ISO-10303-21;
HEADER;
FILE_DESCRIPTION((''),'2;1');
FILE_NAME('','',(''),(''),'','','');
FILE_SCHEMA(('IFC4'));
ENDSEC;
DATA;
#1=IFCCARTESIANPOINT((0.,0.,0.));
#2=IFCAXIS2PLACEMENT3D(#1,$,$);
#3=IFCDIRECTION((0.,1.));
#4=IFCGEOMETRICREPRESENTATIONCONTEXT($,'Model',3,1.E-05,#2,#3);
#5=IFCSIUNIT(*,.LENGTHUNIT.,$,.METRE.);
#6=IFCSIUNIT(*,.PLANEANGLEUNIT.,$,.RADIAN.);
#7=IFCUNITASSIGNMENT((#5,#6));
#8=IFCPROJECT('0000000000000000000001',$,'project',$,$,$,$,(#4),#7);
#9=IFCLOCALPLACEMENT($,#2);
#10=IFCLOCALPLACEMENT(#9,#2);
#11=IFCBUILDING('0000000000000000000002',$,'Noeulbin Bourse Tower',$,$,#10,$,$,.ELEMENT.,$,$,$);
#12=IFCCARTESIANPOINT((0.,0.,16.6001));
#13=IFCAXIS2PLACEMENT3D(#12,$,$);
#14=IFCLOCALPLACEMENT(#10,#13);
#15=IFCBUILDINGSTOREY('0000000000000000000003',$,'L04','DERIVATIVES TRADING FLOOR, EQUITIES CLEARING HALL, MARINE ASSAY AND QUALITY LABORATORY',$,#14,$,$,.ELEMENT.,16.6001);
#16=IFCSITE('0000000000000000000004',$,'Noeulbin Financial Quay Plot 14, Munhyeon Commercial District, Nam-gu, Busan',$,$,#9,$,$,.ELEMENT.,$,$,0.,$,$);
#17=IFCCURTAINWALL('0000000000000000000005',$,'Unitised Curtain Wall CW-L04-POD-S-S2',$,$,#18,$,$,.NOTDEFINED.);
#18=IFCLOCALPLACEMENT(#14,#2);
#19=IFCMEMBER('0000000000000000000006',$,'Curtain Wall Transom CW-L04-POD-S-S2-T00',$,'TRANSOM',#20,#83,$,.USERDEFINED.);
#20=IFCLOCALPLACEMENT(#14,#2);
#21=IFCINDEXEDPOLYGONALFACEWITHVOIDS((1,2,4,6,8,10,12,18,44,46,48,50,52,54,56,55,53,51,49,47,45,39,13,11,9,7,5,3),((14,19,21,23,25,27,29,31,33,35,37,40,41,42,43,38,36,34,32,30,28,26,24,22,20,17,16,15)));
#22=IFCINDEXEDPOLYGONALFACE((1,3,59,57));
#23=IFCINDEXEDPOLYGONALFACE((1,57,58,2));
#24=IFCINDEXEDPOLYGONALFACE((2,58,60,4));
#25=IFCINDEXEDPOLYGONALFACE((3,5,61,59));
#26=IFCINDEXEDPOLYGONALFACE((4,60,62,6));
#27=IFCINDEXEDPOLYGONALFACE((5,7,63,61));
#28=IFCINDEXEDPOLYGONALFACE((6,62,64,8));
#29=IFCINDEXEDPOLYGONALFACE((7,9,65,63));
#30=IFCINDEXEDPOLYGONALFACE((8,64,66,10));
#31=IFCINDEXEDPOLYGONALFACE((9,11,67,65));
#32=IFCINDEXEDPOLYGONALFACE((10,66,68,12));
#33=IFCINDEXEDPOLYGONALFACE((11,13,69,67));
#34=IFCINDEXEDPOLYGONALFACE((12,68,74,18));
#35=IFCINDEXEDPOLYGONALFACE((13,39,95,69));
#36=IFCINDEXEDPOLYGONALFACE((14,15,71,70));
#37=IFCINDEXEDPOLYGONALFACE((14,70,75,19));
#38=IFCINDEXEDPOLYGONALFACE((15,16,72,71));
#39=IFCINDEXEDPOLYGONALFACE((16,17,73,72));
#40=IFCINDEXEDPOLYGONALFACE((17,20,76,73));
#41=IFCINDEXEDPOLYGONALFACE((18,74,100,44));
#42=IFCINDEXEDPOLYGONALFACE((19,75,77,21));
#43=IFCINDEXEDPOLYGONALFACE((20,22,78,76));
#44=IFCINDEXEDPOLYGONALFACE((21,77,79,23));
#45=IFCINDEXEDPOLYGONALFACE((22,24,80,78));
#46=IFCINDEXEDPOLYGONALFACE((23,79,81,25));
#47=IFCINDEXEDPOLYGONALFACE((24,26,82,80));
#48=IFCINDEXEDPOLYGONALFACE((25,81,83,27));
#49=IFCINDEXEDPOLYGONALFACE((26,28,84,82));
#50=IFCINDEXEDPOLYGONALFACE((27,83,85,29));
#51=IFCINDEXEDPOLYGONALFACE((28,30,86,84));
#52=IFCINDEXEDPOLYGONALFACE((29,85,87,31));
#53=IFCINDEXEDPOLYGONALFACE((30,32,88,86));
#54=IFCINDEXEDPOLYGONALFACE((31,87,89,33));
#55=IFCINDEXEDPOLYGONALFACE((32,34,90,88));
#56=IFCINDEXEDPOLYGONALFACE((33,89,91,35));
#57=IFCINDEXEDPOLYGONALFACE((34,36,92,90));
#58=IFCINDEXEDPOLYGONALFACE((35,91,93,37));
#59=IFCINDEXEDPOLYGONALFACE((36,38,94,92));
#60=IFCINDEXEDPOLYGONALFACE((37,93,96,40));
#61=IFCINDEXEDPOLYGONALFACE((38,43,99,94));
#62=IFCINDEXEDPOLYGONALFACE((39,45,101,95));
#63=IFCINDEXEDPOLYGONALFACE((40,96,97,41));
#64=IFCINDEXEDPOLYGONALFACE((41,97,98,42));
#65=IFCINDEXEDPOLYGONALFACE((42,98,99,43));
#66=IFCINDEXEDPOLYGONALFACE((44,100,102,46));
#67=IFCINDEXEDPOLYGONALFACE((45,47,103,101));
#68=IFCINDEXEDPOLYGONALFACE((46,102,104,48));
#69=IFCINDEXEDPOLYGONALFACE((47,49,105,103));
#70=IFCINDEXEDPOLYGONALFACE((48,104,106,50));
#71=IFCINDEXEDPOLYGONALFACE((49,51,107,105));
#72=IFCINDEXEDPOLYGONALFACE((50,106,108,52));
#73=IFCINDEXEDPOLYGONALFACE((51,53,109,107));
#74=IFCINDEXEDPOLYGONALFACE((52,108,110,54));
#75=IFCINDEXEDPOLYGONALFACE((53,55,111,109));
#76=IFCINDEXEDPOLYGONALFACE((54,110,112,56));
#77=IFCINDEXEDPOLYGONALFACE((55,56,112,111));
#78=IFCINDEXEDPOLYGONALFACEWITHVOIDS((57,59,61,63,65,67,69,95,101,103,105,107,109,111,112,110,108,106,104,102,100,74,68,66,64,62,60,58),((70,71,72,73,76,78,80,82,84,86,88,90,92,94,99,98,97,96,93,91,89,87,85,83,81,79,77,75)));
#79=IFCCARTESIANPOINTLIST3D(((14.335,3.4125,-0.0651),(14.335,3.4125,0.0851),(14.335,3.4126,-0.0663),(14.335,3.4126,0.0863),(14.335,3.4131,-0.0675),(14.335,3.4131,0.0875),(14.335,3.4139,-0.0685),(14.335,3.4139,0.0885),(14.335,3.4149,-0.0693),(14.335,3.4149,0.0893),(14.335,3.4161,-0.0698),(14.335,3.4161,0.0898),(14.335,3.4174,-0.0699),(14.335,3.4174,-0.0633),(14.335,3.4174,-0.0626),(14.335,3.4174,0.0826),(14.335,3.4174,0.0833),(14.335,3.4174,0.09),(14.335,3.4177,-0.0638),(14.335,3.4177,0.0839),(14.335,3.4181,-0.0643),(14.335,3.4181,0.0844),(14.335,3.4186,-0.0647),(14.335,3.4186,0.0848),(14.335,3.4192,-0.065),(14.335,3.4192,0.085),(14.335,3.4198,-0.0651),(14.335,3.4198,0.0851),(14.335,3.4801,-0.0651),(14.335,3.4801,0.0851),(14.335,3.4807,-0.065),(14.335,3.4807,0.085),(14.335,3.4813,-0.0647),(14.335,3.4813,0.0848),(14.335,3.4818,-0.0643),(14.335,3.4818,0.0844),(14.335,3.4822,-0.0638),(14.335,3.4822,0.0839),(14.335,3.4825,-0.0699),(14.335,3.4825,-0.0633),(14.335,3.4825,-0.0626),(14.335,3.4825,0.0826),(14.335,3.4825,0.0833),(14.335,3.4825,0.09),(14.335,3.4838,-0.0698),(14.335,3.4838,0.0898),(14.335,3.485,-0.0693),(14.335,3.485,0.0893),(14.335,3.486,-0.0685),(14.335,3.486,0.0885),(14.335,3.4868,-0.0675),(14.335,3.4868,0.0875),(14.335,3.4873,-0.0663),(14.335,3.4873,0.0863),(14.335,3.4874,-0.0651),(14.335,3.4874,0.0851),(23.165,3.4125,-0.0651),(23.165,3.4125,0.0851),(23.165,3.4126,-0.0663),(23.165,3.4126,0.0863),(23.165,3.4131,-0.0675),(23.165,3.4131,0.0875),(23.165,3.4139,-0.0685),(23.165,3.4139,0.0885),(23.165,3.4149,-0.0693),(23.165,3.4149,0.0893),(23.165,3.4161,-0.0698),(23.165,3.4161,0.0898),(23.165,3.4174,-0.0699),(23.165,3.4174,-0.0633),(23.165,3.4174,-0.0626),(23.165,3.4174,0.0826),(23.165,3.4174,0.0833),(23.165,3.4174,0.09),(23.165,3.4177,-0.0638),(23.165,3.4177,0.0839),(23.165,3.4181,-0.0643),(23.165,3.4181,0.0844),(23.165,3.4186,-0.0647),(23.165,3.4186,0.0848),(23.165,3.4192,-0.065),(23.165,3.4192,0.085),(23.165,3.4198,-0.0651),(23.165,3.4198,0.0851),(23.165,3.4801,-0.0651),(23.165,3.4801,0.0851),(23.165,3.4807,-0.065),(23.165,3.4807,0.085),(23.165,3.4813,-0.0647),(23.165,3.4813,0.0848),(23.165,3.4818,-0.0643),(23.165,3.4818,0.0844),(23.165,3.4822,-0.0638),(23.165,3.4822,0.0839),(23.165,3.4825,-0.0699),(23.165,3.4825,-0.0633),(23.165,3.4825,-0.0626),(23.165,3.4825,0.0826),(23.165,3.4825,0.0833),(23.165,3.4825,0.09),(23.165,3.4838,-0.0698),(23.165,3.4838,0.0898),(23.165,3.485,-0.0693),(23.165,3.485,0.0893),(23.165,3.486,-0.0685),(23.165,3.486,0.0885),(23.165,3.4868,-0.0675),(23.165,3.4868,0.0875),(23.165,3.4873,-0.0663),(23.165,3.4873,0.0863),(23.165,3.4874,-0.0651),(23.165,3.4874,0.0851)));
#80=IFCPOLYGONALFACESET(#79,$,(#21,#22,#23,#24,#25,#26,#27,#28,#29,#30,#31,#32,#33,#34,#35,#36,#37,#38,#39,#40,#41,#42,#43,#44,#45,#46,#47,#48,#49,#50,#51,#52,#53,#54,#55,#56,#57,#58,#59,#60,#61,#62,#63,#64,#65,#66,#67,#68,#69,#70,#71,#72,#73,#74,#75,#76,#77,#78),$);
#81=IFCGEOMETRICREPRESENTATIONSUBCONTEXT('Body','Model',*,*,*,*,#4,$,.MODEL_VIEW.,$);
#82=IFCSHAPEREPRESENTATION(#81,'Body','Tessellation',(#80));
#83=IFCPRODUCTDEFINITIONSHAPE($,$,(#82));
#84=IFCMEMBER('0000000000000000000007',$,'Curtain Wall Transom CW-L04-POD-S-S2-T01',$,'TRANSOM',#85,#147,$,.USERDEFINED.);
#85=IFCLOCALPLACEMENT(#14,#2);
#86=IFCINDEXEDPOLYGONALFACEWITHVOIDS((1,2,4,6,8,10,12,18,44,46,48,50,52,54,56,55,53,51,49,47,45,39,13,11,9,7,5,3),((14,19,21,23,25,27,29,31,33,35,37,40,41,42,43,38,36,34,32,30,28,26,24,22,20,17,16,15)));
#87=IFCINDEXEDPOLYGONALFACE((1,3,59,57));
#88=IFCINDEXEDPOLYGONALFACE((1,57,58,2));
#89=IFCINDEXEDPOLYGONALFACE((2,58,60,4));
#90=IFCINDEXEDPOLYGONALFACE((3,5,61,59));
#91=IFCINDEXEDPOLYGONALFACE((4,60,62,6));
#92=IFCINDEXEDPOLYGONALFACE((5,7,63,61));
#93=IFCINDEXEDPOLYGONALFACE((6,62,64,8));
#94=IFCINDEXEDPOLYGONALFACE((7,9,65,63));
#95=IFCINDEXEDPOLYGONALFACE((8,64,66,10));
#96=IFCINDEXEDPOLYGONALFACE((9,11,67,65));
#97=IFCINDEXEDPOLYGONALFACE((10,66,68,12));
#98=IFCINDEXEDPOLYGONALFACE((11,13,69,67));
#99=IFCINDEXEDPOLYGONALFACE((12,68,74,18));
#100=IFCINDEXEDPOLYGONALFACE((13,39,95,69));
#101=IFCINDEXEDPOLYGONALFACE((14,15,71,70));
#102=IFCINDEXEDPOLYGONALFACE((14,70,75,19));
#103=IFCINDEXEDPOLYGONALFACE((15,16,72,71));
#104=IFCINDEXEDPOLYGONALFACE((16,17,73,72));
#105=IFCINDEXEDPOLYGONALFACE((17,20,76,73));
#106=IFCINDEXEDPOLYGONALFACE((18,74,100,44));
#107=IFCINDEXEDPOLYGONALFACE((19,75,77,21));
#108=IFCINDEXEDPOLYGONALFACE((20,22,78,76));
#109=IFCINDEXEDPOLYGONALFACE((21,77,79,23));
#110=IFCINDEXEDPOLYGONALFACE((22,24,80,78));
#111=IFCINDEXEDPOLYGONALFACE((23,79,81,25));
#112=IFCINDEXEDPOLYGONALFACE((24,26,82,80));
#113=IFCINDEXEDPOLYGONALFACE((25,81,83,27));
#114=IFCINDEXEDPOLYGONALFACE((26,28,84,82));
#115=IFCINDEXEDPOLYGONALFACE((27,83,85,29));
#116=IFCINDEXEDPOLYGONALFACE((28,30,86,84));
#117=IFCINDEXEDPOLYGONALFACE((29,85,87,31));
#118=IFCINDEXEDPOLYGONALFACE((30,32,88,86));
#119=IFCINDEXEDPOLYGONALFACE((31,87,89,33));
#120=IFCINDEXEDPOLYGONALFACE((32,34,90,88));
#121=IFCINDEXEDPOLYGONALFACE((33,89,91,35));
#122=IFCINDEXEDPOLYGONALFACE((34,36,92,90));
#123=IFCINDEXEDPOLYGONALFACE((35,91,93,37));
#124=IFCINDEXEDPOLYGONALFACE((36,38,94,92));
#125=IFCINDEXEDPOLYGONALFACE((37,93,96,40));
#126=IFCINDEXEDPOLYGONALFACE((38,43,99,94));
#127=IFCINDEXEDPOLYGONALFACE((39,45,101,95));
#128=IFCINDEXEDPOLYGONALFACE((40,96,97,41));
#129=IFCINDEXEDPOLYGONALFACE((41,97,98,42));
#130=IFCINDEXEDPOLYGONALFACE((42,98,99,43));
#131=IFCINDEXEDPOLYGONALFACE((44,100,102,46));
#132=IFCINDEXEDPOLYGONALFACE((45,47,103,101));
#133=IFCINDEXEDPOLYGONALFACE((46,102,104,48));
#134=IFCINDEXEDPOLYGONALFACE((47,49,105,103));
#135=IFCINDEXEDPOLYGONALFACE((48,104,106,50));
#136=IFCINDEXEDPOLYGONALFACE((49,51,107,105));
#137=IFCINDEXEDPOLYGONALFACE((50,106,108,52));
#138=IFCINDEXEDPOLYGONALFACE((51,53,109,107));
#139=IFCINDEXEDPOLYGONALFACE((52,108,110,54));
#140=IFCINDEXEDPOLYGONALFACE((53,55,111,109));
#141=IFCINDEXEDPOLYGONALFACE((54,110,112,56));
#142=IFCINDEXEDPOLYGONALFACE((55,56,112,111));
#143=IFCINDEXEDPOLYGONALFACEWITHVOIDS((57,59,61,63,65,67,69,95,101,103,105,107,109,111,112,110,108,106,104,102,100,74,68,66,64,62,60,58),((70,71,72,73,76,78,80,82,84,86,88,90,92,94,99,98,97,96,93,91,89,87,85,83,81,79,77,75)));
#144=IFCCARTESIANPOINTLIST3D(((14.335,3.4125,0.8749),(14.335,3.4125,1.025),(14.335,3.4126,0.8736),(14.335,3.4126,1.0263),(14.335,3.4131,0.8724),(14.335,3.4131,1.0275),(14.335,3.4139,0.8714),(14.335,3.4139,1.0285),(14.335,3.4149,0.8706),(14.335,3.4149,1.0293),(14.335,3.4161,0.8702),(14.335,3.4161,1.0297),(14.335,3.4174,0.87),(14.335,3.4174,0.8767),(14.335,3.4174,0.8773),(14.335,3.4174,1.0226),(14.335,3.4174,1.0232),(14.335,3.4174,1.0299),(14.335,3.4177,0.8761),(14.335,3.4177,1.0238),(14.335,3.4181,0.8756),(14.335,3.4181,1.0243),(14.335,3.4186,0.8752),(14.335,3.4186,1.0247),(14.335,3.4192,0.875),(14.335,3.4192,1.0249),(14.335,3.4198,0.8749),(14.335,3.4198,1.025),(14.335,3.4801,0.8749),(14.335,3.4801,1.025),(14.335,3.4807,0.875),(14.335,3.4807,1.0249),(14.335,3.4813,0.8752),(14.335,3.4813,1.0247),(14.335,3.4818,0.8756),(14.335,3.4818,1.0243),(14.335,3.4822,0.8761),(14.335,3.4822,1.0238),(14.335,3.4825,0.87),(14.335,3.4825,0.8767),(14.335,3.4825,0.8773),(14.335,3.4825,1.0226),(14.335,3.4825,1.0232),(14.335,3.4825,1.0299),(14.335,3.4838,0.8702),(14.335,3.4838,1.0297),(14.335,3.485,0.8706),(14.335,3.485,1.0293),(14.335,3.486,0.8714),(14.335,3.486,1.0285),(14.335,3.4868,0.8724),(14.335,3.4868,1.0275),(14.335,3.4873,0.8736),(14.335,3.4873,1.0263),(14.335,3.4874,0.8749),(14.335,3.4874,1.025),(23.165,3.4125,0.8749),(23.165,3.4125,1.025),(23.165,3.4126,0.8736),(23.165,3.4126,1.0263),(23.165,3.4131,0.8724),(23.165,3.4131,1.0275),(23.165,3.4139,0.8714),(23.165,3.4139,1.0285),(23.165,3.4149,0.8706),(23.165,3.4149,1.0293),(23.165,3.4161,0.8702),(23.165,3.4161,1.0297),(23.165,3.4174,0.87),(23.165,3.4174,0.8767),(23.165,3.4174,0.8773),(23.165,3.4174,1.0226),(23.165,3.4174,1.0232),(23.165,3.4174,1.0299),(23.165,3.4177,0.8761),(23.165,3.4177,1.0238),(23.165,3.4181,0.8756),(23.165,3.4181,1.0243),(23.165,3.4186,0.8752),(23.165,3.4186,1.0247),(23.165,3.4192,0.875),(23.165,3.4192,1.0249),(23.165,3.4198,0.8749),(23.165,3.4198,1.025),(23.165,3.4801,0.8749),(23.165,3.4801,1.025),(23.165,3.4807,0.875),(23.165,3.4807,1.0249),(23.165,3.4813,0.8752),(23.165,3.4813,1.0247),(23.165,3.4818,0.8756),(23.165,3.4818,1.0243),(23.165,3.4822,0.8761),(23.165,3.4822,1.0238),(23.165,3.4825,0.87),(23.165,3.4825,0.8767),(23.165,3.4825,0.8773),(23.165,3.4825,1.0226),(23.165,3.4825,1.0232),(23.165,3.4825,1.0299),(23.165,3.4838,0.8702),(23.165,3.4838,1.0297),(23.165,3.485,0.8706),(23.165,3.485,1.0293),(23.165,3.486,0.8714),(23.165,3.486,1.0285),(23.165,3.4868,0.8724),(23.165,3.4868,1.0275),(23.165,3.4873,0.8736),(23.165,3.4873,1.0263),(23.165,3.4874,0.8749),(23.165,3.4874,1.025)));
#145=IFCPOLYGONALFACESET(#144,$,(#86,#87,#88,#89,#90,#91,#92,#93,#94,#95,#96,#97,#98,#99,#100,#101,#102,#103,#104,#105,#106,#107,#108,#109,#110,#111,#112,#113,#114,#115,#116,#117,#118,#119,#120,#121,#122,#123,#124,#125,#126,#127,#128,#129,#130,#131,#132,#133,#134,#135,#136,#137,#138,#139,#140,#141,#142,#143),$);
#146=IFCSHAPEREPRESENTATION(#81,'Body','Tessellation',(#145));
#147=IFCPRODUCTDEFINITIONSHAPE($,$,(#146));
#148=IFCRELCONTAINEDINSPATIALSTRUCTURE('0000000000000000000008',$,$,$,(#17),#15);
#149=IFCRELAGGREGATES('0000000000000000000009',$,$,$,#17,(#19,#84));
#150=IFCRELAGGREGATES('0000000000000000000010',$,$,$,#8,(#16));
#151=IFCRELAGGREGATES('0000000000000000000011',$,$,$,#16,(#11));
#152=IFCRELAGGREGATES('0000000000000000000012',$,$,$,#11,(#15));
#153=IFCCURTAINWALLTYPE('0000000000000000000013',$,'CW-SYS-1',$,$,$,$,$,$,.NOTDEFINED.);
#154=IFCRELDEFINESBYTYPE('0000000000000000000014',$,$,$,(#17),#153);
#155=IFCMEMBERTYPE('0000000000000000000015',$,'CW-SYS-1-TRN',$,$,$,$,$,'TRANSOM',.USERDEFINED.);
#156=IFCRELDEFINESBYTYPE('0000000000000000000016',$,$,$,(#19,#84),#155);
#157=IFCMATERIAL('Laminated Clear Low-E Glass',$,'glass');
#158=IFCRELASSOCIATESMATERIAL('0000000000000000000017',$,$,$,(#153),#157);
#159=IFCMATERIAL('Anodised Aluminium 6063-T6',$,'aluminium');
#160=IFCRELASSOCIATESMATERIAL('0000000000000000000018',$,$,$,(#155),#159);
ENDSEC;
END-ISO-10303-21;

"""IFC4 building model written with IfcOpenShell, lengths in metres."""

from ifc_helpers import new_model, si_unit, direction, frame, origin, origin_2d, place, context, subcontext, project, spatial, hollow_rectangle, extrude, material, material_profile, profile_set, type_object, element, aggregate, save


model = new_model("IFC4")

# Units and contexts
model_context = context("Model", 3, precision=1e-05, world=origin(), true_north=direction((0.0, 1.0)))
body_context = subcontext(model_context, "Body", "Model", "MODEL_VIEW")
ifc_project = project(units=[si_unit("LENGTHUNIT", "METRE"), si_unit("PLANEANGLEUNIT", "RADIAN")], contexts=[model_context])

# Site, building, storey
site_placement = place(None, origin())
site = spatial("IfcSite", under=ifc_project, at=site_placement, Name="Noeulbin Financial Quay Plot 14, Munhyeon Commercial District, Nam-gu, Busan", CompositionType="ELEMENT", RefElevation=0.0)
building_placement = place(site_placement, origin())
building = spatial("IfcBuilding", under=site, at=building_placement, Name="Noeulbin Bourse Tower", CompositionType="ELEMENT")
storey_placement = place(building_placement, frame((0.0, 0.0, 16.6001)))
storey = spatial("IfcBuildingStorey", under=building, at=storey_placement, Name="L04", Description="DERIVATIVES TRADING FLOOR, EQUITIES CLEARING HALL, MARINE ASSAY AND QUALITY LABORATORY", CompositionType="ELEMENT", Elevation=16.6001)

# Shared definitions
ifc_material_1 = material(Name="Laminated Clear Low-E Glass", Category="glass")
curtain_wall_type = type_object("IfcCurtainWallType", Name="CW-SYS-1", PredefinedType="NOTDEFINED", material=ifc_material_1)
ifc_material_2 = material(Name="Anodised Aluminium 6063-T6", Category="aluminium")

# Curtain wall
curtain_wall_1_placement = place(storey_placement, origin())
curtain_wall_1 = element("IfcCurtainWall", 1, at=curtain_wall_1_placement, inside=storey, type_object=curtain_wall_type, Name="Unitised Curtain Wall CW-L04-POD-S-S2", PredefinedType="NOTDEFINED")

# Members
ifc_material_profile_1 = material_profile(ifc_material_2, hollow_rectangle(XDim=0.075, YDim=0.1599, WallThickness=0.0049, InnerFilletRadius=0.0024, OuterFilletRadius=0.0049, at=origin_2d()), Name="ALU-TRAN-75x160x5", Category="LoadBearing")
ifc_profile_set_1 = profile_set([ifc_material_profile_1], Name="Anodised Aluminium 6063-T6")
member_type_1 = type_object("IfcMemberType", Name="CW-SYS-1-TRN", ElementType="TRANSOM", PredefinedType="USERDEFINED", material=ifc_profile_set_1)
member_1_placement = place(storey_placement, frame((14.335, 3.45, 0.01), z_axis=(1.0, 0.0, 0.0), x_axis=(0.0, 1.0, 0.0)))
member_1 = element("IfcMember", 2, at=member_1_placement, type_object=member_type_1, Name="Curtain Wall Transom CW-L04-POD-S-S2-T00", ObjectType="TRANSOM", PredefinedType="USERDEFINED", context=body_context, shape_type="SweptSolid", body=[
    extrude(hollow_rectangle(XDim=0.075, YDim=0.1599, WallThickness=0.0049, InnerFilletRadius=0.0024, OuterFilletRadius=0.0049, at=origin_2d()), origin(), (0.0, 0.0, 1.0), 8.8301),
])
member_2_placement = place(storey_placement, frame((14.335, 3.45, 0.95), z_axis=(1.0, 0.0, 0.0), x_axis=(0.0, 1.0, 0.0)))
member_2 = element("IfcMember", 3, at=member_2_placement, type_object=member_type_1, Name="Curtain Wall Transom CW-L04-POD-S-S2-T01", ObjectType="TRANSOM", PredefinedType="USERDEFINED", context=body_context, shape_type="SweptSolid", body=[
    extrude(hollow_rectangle(XDim=0.075, YDim=0.1599, WallThickness=0.0049, InnerFilletRadius=0.0024, OuterFilletRadius=0.0049, at=origin_2d()), origin(), (0.0, 0.0, 1.0), 8.8301),
])
aggregate(curtain_wall_1, [member_1, member_2])

save(model, "model.ifc")
